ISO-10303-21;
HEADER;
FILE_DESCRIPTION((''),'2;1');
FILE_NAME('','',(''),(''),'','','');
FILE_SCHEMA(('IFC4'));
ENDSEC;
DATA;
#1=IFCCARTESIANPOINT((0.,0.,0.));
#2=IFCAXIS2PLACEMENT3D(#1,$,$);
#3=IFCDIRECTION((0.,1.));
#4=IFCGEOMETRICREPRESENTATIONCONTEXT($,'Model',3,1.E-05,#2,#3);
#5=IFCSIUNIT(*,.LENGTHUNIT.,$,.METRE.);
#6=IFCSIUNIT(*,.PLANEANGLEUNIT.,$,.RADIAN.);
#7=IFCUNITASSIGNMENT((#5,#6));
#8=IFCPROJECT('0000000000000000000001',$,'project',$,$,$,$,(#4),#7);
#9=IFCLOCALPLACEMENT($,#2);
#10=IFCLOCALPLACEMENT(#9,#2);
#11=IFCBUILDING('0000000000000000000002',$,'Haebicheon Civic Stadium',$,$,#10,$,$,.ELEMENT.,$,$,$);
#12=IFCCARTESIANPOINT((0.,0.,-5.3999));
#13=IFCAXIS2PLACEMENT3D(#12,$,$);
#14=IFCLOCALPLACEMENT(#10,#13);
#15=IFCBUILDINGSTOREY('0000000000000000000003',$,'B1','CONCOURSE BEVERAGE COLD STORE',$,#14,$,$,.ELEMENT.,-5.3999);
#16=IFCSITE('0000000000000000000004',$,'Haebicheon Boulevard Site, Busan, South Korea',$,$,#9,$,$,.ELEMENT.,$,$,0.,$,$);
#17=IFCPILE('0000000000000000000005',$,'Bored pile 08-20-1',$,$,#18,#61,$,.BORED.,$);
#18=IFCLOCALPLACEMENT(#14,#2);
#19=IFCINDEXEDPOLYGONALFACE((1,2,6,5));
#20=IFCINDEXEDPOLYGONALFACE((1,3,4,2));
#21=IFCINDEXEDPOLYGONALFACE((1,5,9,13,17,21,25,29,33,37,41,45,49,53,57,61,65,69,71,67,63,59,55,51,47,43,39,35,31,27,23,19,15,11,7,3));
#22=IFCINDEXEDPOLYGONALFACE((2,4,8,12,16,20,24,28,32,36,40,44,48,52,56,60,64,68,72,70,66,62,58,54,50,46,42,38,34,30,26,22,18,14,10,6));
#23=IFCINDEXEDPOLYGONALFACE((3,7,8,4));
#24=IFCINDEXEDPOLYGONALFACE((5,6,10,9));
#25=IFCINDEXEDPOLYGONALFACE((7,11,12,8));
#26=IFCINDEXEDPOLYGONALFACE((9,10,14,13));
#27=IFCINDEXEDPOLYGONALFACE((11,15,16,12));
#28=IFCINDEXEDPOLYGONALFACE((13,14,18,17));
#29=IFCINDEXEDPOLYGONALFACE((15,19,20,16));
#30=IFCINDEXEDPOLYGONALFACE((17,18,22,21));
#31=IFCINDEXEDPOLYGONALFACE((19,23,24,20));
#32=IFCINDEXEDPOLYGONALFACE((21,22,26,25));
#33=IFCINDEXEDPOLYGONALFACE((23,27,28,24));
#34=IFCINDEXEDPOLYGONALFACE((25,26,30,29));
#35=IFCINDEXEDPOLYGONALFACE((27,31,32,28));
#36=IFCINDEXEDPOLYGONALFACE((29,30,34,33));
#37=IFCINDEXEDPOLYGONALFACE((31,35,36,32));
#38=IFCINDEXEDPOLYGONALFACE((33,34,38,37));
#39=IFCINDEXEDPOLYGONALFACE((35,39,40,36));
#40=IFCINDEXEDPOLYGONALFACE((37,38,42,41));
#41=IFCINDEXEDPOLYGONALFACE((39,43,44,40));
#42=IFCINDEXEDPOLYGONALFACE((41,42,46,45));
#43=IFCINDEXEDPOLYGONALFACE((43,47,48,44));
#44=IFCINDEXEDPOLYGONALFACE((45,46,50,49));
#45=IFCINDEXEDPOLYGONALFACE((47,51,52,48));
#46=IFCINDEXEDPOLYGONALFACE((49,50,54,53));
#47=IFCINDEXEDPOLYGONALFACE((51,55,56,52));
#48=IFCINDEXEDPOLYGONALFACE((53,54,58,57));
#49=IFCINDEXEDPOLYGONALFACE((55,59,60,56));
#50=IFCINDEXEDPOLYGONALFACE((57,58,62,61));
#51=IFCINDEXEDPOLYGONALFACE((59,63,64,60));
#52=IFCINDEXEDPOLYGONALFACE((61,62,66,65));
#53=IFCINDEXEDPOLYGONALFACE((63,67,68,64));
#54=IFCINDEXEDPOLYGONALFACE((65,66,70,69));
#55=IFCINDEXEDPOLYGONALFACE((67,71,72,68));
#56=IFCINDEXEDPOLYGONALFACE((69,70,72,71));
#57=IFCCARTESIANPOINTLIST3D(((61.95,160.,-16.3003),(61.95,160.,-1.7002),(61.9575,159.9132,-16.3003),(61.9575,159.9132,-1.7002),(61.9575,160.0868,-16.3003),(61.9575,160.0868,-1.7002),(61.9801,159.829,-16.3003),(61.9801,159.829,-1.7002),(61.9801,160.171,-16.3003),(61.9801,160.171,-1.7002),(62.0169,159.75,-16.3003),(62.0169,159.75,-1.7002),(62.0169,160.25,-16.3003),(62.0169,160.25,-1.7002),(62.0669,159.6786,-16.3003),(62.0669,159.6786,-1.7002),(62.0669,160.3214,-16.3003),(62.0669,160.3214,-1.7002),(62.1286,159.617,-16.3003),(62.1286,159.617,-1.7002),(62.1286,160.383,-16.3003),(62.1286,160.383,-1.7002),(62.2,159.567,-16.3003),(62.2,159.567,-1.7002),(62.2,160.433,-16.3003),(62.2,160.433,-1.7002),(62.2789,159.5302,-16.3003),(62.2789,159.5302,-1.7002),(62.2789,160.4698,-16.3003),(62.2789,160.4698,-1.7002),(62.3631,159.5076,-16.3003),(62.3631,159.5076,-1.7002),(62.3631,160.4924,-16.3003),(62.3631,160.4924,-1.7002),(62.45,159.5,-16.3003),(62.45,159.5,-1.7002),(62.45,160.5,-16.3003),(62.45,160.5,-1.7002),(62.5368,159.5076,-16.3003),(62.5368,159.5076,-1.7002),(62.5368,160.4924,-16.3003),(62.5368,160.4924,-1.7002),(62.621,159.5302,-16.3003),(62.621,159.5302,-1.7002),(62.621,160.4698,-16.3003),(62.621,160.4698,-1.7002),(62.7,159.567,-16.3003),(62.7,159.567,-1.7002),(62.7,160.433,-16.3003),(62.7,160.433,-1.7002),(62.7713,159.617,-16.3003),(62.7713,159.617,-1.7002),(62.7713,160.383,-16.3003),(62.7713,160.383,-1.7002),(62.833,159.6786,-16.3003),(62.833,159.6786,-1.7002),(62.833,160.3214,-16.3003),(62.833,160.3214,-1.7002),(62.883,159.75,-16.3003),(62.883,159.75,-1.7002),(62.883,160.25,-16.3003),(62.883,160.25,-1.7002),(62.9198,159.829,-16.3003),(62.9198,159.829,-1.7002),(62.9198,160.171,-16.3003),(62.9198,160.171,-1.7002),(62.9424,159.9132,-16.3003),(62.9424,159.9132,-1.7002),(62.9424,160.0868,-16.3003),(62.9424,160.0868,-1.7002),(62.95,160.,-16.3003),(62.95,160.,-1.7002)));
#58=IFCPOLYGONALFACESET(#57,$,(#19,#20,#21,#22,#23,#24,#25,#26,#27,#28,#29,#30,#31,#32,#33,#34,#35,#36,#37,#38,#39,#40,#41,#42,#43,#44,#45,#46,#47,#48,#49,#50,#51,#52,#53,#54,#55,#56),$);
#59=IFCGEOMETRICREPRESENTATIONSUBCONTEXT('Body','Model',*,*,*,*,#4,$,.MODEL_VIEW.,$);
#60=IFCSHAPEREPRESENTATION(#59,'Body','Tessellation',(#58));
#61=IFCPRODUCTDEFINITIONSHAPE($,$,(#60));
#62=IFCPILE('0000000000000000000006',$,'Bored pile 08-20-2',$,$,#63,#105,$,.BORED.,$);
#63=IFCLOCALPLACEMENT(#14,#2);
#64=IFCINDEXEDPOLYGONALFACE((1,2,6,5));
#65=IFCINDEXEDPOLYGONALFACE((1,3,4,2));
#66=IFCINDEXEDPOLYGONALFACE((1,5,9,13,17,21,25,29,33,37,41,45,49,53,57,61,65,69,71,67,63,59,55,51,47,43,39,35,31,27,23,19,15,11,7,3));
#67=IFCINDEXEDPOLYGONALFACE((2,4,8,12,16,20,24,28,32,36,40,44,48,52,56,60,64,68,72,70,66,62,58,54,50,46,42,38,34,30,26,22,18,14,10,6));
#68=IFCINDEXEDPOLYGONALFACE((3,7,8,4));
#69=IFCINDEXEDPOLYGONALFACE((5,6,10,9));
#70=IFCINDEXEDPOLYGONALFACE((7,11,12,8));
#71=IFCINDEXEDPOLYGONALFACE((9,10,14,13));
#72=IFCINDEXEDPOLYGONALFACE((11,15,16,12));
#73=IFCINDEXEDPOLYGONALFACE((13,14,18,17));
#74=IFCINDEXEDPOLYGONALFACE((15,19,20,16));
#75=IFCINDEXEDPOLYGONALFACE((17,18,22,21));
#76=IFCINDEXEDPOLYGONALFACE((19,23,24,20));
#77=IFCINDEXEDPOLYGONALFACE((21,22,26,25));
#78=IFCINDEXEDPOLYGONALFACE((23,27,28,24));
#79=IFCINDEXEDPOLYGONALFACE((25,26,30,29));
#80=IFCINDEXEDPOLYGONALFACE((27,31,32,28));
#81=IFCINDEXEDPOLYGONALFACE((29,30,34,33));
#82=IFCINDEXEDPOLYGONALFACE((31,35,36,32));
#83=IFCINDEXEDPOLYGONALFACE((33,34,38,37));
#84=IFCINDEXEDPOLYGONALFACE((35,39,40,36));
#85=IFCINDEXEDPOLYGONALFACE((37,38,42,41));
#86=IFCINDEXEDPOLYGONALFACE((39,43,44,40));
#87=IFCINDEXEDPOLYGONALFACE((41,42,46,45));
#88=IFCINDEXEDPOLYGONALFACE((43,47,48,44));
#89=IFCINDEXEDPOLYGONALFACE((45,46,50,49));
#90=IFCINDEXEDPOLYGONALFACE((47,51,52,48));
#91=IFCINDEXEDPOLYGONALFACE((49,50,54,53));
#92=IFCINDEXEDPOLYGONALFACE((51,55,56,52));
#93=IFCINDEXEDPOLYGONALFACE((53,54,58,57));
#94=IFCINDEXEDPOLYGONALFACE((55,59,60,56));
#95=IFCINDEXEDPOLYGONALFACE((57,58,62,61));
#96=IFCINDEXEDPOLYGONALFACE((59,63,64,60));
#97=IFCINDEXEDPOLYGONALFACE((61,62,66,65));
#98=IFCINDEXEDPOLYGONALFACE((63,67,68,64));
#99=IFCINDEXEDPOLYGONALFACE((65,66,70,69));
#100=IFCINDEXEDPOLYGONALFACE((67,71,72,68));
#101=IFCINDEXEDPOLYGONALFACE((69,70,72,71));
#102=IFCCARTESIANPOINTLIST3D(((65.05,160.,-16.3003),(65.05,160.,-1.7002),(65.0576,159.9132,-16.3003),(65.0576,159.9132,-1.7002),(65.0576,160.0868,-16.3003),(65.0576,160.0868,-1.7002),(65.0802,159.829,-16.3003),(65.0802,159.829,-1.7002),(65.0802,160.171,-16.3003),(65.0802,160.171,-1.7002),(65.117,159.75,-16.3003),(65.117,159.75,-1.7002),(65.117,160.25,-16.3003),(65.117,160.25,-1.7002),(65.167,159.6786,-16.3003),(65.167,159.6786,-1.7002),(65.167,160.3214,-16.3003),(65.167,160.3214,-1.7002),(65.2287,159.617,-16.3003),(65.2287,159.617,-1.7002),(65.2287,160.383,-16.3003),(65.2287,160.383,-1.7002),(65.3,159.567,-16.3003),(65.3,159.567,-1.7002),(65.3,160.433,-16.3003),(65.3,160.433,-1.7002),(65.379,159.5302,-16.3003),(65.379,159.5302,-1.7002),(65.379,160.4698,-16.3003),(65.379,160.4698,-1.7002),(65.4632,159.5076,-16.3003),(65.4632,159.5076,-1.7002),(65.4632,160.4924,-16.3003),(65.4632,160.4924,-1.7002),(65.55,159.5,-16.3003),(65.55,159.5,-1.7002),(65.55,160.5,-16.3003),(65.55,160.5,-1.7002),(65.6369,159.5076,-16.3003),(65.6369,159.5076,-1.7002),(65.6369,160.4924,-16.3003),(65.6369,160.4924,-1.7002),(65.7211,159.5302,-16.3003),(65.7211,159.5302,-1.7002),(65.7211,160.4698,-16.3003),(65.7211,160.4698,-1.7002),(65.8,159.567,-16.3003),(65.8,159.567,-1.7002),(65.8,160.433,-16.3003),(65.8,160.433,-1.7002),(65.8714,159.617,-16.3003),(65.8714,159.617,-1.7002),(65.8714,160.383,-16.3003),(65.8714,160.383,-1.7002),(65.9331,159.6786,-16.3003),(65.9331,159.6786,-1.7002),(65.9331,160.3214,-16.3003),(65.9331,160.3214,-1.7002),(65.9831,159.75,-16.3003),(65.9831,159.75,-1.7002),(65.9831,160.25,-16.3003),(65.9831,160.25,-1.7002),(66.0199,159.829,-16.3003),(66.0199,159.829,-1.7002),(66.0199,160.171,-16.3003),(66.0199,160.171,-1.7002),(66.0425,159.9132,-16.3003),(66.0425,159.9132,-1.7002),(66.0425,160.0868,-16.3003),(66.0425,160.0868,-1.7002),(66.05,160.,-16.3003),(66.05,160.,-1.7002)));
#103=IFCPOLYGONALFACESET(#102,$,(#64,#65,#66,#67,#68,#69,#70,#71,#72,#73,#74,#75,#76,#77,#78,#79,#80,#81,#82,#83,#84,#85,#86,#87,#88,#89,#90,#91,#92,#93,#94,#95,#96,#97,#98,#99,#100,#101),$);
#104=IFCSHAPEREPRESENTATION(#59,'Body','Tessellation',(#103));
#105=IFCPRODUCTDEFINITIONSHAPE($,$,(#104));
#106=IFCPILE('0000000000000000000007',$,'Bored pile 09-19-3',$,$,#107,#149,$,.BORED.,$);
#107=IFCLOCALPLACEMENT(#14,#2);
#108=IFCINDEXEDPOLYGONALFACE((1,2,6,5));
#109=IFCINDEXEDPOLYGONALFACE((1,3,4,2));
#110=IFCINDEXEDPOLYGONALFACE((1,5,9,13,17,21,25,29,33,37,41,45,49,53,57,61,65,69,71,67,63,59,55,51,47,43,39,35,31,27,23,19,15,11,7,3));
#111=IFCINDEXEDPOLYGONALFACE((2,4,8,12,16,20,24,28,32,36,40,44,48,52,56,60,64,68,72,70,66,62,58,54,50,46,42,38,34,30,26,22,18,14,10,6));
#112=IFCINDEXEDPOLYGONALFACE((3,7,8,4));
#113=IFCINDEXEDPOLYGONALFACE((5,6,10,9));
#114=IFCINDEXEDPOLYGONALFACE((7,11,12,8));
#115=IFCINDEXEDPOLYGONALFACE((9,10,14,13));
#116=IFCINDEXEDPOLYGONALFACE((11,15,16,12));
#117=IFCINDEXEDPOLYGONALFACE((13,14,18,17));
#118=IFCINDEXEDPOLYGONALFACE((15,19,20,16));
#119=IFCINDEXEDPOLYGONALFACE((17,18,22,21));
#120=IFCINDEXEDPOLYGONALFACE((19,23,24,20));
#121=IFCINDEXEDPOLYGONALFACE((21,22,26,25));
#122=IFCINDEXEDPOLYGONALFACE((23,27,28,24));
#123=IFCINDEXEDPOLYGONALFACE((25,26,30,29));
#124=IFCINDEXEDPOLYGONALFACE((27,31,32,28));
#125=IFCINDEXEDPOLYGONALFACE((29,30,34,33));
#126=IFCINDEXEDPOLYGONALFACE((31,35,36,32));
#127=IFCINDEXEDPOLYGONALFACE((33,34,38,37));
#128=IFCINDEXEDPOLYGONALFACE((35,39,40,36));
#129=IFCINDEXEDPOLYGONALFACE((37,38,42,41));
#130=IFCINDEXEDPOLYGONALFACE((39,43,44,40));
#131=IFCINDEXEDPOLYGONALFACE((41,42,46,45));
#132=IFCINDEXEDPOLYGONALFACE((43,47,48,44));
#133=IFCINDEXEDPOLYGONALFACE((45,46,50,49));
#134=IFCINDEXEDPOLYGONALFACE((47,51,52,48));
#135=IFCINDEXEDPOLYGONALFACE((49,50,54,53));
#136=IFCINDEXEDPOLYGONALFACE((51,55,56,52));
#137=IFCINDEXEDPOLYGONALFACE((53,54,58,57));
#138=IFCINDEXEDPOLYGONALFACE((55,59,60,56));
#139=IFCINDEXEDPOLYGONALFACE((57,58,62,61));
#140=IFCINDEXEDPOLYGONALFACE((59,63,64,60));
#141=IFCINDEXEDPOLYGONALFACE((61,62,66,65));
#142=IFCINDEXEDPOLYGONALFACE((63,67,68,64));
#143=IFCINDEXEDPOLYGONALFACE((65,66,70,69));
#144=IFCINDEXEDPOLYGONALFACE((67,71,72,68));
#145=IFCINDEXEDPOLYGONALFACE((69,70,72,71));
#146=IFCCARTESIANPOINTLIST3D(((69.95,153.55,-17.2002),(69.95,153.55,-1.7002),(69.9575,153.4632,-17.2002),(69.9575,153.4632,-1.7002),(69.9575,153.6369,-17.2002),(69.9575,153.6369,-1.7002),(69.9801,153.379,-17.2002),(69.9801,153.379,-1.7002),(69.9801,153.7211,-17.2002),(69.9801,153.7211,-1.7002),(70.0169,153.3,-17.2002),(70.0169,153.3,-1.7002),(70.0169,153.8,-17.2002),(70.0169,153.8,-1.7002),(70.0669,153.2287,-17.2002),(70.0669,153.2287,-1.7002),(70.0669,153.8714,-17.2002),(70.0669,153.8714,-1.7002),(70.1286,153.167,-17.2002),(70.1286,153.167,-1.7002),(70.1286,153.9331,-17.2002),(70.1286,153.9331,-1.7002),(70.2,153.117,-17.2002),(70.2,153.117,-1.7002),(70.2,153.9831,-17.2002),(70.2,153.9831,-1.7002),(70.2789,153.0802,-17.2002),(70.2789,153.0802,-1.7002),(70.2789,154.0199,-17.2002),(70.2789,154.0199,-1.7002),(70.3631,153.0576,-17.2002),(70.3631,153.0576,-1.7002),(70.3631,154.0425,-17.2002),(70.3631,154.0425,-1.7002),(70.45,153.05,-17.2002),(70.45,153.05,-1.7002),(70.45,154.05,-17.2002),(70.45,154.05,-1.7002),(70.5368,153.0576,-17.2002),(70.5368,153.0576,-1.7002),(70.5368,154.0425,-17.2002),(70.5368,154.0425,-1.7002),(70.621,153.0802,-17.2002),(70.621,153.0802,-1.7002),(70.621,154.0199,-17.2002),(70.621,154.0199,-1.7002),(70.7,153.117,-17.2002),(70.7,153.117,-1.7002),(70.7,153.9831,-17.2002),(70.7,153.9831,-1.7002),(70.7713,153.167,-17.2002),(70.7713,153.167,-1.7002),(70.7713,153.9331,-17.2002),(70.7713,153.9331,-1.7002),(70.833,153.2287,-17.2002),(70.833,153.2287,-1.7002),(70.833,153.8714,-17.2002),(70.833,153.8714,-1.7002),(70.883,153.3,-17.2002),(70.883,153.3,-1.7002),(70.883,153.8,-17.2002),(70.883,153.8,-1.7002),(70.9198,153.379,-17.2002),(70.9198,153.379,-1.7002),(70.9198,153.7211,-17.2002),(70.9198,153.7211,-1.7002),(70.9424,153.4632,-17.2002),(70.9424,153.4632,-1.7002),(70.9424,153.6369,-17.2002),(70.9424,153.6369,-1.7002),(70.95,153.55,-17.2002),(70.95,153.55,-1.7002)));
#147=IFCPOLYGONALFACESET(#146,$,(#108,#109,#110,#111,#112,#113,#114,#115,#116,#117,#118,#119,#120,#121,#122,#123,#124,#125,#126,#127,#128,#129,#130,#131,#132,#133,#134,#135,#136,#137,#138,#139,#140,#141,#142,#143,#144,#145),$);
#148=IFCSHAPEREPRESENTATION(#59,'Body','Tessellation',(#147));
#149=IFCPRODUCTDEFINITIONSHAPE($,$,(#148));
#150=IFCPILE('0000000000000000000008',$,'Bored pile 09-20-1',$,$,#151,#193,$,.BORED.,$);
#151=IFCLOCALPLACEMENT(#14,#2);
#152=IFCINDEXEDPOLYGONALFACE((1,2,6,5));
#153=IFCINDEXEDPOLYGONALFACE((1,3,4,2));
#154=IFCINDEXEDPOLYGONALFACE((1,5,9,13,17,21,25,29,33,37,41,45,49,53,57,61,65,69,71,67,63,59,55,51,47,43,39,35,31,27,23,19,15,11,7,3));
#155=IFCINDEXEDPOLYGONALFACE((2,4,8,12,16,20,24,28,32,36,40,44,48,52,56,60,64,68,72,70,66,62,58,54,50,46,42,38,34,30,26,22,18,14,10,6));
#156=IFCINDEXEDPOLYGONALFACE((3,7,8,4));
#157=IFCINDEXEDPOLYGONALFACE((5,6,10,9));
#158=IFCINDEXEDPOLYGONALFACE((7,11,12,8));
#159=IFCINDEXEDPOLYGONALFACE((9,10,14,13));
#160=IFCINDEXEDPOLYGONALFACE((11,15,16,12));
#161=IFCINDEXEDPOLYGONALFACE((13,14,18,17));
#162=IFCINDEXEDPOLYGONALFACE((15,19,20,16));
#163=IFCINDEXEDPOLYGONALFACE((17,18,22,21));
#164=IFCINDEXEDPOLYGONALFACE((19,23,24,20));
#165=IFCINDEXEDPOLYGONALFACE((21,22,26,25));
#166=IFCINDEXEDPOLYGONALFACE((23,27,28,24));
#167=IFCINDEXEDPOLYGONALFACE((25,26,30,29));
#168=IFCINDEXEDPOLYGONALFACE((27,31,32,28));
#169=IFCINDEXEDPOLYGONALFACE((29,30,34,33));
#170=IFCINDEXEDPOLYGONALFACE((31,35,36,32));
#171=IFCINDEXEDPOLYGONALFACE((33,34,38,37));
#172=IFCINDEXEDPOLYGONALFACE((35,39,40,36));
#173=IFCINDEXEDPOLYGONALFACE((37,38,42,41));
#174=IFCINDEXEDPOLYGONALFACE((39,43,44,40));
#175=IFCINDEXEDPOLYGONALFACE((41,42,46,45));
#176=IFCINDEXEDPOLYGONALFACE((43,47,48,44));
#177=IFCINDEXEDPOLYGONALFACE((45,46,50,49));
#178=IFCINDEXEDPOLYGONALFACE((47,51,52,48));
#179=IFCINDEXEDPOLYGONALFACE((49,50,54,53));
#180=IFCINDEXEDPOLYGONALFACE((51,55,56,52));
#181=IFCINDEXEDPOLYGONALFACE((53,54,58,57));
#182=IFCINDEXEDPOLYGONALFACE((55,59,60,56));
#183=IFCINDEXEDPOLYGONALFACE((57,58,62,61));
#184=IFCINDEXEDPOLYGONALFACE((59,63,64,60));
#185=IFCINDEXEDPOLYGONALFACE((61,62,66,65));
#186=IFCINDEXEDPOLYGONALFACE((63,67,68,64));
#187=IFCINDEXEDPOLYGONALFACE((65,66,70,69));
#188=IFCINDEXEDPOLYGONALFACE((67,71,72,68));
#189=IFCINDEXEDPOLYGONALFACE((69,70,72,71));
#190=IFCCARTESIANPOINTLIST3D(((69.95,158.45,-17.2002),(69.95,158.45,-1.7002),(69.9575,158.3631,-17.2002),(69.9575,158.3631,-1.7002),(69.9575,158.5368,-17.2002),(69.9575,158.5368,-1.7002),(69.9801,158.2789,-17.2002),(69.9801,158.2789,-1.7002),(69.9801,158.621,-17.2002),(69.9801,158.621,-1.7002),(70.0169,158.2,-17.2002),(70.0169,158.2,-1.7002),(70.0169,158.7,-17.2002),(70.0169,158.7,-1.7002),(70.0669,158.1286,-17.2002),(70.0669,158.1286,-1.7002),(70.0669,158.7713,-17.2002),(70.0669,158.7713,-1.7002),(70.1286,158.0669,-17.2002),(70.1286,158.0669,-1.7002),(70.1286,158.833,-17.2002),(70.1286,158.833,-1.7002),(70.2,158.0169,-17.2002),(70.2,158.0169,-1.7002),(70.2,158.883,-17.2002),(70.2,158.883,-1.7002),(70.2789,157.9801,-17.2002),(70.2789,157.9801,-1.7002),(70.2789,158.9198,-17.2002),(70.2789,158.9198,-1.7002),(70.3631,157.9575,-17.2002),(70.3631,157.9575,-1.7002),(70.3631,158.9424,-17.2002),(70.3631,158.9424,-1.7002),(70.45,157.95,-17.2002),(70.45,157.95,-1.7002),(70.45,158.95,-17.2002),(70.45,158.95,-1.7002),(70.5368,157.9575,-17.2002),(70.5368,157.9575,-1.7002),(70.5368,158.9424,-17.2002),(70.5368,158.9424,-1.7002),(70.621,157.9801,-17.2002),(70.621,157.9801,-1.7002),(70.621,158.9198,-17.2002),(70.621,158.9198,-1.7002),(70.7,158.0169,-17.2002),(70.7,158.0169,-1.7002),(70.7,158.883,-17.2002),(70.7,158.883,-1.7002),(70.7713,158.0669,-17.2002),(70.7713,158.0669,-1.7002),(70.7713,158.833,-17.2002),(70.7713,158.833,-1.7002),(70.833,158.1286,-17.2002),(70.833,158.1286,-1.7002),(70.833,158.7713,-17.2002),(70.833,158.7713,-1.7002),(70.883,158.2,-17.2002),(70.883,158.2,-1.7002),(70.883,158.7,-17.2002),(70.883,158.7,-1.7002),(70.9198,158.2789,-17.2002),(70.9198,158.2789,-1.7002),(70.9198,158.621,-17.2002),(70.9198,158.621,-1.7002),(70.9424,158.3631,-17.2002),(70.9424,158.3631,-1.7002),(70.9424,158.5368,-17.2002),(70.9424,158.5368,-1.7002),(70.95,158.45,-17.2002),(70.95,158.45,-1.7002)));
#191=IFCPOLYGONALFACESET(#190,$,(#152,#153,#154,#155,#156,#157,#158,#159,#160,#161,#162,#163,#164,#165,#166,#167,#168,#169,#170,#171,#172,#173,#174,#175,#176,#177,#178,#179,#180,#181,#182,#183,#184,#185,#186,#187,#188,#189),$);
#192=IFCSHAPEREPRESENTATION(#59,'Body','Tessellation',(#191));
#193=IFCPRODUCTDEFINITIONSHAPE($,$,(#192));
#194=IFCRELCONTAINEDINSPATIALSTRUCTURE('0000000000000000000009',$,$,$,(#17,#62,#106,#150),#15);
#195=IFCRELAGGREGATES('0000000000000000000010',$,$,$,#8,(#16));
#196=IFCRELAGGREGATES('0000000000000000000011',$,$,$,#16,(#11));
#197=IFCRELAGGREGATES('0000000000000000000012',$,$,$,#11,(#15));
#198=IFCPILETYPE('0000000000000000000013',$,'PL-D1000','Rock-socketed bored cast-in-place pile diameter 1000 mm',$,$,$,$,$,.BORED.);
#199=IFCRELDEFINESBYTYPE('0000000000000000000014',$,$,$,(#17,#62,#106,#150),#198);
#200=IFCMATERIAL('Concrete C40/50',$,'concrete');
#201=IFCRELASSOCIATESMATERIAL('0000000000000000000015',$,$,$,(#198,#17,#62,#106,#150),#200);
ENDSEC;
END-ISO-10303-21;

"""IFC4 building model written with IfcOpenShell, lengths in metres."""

from ifc_helpers import new_model, si_unit, direction, frame, origin, origin_2d, place, context, subcontext, project, spatial, circle, extrude, material, material_profile, profile_set, type_object, element, save


model = new_model("IFC4")

# Units and contexts
model_context = context("Model", 3, precision=1e-05, world=origin(), true_north=direction((0.0, 1.0)))
body_context = subcontext(model_context, "Body", "Model", "MODEL_VIEW")
ifc_project = project(units=[si_unit("LENGTHUNIT", "METRE"), si_unit("PLANEANGLEUNIT", "RADIAN")], contexts=[model_context])

# Site, building, storey
site_placement = place(None, origin())
site = spatial("IfcSite", under=ifc_project, at=site_placement, Name="Haebicheon Boulevard Site, Busan, South Korea", CompositionType="ELEMENT", RefElevation=0.0)
building_placement = place(site_placement, origin())
building = spatial("IfcBuilding", under=site, at=building_placement, Name="Haebicheon Civic Stadium", CompositionType="ELEMENT")
storey_placement = place(building_placement, frame((0.0, 0.0, -5.3999)))
storey = spatial("IfcBuildingStorey", under=building, at=storey_placement, Name="B1", Description="CONCOURSE BEVERAGE COLD STORE", CompositionType="ELEMENT", Elevation=-5.3999)

# Piles
ifc_material_1 = material(Name="Concrete C40/50", Category="concrete")
ifc_material_profile_1 = material_profile(ifc_material_1, circle(Radius=0.5, at=origin_2d()), Name="PILE-D1000")
ifc_profile_set_1 = profile_set([ifc_material_profile_1], Name="Concrete C40/50")
pile_type = type_object("IfcPileType", Name="PL-D1000", Description="Rock-socketed bored cast-in-place pile diameter 1000 mm", PredefinedType="BORED", material=ifc_profile_set_1)
for number, where, z_axis, x_axis, name in (
    (1, (62.45, 160.0, -1.7002), (0.0, 0.0, -1.0), (1.0, 0.0, 0.0), "Bored pile 08-20-1"),
    (2, (65.55, 160.0, -1.7002), (0.0, 0.0, -1.0), (1.0, 0.0, 0.0), "Bored pile 08-20-2"),
):
    element("IfcPile", number, at=place(storey_placement, frame(where, z_axis=z_axis, x_axis=x_axis)), inside=storey, type_object=pile_type, material=ifc_profile_set_1, Name=name, PredefinedType="BORED", context=body_context, shape_type="SweptSolid", body=[
        extrude(circle(Radius=0.5, at=origin_2d()), origin(), (0.0, 0.0, 1.0), 14.6001),
    ])
for number, where, z_axis, x_axis, name in (
    (3, (70.45, 153.55, -1.7002), (0.0, 0.0, -1.0), (1.0, 0.0, 0.0), "Bored pile 09-19-3"),
    (4, (70.45, 158.45, -1.7002), (0.0, 0.0, -1.0), (1.0, 0.0, 0.0), "Bored pile 09-20-1"),
):
    element("IfcPile", number, at=place(storey_placement, frame(where, z_axis=z_axis, x_axis=x_axis)), inside=storey, type_object=pile_type, material=ifc_profile_set_1, Name=name, PredefinedType="BORED", context=body_context, shape_type="SweptSolid", body=[
        extrude(circle(Radius=0.5, at=origin_2d()), origin(), (0.0, 0.0, 1.0), 15.5),
    ])

save(model, "model.ifc")
